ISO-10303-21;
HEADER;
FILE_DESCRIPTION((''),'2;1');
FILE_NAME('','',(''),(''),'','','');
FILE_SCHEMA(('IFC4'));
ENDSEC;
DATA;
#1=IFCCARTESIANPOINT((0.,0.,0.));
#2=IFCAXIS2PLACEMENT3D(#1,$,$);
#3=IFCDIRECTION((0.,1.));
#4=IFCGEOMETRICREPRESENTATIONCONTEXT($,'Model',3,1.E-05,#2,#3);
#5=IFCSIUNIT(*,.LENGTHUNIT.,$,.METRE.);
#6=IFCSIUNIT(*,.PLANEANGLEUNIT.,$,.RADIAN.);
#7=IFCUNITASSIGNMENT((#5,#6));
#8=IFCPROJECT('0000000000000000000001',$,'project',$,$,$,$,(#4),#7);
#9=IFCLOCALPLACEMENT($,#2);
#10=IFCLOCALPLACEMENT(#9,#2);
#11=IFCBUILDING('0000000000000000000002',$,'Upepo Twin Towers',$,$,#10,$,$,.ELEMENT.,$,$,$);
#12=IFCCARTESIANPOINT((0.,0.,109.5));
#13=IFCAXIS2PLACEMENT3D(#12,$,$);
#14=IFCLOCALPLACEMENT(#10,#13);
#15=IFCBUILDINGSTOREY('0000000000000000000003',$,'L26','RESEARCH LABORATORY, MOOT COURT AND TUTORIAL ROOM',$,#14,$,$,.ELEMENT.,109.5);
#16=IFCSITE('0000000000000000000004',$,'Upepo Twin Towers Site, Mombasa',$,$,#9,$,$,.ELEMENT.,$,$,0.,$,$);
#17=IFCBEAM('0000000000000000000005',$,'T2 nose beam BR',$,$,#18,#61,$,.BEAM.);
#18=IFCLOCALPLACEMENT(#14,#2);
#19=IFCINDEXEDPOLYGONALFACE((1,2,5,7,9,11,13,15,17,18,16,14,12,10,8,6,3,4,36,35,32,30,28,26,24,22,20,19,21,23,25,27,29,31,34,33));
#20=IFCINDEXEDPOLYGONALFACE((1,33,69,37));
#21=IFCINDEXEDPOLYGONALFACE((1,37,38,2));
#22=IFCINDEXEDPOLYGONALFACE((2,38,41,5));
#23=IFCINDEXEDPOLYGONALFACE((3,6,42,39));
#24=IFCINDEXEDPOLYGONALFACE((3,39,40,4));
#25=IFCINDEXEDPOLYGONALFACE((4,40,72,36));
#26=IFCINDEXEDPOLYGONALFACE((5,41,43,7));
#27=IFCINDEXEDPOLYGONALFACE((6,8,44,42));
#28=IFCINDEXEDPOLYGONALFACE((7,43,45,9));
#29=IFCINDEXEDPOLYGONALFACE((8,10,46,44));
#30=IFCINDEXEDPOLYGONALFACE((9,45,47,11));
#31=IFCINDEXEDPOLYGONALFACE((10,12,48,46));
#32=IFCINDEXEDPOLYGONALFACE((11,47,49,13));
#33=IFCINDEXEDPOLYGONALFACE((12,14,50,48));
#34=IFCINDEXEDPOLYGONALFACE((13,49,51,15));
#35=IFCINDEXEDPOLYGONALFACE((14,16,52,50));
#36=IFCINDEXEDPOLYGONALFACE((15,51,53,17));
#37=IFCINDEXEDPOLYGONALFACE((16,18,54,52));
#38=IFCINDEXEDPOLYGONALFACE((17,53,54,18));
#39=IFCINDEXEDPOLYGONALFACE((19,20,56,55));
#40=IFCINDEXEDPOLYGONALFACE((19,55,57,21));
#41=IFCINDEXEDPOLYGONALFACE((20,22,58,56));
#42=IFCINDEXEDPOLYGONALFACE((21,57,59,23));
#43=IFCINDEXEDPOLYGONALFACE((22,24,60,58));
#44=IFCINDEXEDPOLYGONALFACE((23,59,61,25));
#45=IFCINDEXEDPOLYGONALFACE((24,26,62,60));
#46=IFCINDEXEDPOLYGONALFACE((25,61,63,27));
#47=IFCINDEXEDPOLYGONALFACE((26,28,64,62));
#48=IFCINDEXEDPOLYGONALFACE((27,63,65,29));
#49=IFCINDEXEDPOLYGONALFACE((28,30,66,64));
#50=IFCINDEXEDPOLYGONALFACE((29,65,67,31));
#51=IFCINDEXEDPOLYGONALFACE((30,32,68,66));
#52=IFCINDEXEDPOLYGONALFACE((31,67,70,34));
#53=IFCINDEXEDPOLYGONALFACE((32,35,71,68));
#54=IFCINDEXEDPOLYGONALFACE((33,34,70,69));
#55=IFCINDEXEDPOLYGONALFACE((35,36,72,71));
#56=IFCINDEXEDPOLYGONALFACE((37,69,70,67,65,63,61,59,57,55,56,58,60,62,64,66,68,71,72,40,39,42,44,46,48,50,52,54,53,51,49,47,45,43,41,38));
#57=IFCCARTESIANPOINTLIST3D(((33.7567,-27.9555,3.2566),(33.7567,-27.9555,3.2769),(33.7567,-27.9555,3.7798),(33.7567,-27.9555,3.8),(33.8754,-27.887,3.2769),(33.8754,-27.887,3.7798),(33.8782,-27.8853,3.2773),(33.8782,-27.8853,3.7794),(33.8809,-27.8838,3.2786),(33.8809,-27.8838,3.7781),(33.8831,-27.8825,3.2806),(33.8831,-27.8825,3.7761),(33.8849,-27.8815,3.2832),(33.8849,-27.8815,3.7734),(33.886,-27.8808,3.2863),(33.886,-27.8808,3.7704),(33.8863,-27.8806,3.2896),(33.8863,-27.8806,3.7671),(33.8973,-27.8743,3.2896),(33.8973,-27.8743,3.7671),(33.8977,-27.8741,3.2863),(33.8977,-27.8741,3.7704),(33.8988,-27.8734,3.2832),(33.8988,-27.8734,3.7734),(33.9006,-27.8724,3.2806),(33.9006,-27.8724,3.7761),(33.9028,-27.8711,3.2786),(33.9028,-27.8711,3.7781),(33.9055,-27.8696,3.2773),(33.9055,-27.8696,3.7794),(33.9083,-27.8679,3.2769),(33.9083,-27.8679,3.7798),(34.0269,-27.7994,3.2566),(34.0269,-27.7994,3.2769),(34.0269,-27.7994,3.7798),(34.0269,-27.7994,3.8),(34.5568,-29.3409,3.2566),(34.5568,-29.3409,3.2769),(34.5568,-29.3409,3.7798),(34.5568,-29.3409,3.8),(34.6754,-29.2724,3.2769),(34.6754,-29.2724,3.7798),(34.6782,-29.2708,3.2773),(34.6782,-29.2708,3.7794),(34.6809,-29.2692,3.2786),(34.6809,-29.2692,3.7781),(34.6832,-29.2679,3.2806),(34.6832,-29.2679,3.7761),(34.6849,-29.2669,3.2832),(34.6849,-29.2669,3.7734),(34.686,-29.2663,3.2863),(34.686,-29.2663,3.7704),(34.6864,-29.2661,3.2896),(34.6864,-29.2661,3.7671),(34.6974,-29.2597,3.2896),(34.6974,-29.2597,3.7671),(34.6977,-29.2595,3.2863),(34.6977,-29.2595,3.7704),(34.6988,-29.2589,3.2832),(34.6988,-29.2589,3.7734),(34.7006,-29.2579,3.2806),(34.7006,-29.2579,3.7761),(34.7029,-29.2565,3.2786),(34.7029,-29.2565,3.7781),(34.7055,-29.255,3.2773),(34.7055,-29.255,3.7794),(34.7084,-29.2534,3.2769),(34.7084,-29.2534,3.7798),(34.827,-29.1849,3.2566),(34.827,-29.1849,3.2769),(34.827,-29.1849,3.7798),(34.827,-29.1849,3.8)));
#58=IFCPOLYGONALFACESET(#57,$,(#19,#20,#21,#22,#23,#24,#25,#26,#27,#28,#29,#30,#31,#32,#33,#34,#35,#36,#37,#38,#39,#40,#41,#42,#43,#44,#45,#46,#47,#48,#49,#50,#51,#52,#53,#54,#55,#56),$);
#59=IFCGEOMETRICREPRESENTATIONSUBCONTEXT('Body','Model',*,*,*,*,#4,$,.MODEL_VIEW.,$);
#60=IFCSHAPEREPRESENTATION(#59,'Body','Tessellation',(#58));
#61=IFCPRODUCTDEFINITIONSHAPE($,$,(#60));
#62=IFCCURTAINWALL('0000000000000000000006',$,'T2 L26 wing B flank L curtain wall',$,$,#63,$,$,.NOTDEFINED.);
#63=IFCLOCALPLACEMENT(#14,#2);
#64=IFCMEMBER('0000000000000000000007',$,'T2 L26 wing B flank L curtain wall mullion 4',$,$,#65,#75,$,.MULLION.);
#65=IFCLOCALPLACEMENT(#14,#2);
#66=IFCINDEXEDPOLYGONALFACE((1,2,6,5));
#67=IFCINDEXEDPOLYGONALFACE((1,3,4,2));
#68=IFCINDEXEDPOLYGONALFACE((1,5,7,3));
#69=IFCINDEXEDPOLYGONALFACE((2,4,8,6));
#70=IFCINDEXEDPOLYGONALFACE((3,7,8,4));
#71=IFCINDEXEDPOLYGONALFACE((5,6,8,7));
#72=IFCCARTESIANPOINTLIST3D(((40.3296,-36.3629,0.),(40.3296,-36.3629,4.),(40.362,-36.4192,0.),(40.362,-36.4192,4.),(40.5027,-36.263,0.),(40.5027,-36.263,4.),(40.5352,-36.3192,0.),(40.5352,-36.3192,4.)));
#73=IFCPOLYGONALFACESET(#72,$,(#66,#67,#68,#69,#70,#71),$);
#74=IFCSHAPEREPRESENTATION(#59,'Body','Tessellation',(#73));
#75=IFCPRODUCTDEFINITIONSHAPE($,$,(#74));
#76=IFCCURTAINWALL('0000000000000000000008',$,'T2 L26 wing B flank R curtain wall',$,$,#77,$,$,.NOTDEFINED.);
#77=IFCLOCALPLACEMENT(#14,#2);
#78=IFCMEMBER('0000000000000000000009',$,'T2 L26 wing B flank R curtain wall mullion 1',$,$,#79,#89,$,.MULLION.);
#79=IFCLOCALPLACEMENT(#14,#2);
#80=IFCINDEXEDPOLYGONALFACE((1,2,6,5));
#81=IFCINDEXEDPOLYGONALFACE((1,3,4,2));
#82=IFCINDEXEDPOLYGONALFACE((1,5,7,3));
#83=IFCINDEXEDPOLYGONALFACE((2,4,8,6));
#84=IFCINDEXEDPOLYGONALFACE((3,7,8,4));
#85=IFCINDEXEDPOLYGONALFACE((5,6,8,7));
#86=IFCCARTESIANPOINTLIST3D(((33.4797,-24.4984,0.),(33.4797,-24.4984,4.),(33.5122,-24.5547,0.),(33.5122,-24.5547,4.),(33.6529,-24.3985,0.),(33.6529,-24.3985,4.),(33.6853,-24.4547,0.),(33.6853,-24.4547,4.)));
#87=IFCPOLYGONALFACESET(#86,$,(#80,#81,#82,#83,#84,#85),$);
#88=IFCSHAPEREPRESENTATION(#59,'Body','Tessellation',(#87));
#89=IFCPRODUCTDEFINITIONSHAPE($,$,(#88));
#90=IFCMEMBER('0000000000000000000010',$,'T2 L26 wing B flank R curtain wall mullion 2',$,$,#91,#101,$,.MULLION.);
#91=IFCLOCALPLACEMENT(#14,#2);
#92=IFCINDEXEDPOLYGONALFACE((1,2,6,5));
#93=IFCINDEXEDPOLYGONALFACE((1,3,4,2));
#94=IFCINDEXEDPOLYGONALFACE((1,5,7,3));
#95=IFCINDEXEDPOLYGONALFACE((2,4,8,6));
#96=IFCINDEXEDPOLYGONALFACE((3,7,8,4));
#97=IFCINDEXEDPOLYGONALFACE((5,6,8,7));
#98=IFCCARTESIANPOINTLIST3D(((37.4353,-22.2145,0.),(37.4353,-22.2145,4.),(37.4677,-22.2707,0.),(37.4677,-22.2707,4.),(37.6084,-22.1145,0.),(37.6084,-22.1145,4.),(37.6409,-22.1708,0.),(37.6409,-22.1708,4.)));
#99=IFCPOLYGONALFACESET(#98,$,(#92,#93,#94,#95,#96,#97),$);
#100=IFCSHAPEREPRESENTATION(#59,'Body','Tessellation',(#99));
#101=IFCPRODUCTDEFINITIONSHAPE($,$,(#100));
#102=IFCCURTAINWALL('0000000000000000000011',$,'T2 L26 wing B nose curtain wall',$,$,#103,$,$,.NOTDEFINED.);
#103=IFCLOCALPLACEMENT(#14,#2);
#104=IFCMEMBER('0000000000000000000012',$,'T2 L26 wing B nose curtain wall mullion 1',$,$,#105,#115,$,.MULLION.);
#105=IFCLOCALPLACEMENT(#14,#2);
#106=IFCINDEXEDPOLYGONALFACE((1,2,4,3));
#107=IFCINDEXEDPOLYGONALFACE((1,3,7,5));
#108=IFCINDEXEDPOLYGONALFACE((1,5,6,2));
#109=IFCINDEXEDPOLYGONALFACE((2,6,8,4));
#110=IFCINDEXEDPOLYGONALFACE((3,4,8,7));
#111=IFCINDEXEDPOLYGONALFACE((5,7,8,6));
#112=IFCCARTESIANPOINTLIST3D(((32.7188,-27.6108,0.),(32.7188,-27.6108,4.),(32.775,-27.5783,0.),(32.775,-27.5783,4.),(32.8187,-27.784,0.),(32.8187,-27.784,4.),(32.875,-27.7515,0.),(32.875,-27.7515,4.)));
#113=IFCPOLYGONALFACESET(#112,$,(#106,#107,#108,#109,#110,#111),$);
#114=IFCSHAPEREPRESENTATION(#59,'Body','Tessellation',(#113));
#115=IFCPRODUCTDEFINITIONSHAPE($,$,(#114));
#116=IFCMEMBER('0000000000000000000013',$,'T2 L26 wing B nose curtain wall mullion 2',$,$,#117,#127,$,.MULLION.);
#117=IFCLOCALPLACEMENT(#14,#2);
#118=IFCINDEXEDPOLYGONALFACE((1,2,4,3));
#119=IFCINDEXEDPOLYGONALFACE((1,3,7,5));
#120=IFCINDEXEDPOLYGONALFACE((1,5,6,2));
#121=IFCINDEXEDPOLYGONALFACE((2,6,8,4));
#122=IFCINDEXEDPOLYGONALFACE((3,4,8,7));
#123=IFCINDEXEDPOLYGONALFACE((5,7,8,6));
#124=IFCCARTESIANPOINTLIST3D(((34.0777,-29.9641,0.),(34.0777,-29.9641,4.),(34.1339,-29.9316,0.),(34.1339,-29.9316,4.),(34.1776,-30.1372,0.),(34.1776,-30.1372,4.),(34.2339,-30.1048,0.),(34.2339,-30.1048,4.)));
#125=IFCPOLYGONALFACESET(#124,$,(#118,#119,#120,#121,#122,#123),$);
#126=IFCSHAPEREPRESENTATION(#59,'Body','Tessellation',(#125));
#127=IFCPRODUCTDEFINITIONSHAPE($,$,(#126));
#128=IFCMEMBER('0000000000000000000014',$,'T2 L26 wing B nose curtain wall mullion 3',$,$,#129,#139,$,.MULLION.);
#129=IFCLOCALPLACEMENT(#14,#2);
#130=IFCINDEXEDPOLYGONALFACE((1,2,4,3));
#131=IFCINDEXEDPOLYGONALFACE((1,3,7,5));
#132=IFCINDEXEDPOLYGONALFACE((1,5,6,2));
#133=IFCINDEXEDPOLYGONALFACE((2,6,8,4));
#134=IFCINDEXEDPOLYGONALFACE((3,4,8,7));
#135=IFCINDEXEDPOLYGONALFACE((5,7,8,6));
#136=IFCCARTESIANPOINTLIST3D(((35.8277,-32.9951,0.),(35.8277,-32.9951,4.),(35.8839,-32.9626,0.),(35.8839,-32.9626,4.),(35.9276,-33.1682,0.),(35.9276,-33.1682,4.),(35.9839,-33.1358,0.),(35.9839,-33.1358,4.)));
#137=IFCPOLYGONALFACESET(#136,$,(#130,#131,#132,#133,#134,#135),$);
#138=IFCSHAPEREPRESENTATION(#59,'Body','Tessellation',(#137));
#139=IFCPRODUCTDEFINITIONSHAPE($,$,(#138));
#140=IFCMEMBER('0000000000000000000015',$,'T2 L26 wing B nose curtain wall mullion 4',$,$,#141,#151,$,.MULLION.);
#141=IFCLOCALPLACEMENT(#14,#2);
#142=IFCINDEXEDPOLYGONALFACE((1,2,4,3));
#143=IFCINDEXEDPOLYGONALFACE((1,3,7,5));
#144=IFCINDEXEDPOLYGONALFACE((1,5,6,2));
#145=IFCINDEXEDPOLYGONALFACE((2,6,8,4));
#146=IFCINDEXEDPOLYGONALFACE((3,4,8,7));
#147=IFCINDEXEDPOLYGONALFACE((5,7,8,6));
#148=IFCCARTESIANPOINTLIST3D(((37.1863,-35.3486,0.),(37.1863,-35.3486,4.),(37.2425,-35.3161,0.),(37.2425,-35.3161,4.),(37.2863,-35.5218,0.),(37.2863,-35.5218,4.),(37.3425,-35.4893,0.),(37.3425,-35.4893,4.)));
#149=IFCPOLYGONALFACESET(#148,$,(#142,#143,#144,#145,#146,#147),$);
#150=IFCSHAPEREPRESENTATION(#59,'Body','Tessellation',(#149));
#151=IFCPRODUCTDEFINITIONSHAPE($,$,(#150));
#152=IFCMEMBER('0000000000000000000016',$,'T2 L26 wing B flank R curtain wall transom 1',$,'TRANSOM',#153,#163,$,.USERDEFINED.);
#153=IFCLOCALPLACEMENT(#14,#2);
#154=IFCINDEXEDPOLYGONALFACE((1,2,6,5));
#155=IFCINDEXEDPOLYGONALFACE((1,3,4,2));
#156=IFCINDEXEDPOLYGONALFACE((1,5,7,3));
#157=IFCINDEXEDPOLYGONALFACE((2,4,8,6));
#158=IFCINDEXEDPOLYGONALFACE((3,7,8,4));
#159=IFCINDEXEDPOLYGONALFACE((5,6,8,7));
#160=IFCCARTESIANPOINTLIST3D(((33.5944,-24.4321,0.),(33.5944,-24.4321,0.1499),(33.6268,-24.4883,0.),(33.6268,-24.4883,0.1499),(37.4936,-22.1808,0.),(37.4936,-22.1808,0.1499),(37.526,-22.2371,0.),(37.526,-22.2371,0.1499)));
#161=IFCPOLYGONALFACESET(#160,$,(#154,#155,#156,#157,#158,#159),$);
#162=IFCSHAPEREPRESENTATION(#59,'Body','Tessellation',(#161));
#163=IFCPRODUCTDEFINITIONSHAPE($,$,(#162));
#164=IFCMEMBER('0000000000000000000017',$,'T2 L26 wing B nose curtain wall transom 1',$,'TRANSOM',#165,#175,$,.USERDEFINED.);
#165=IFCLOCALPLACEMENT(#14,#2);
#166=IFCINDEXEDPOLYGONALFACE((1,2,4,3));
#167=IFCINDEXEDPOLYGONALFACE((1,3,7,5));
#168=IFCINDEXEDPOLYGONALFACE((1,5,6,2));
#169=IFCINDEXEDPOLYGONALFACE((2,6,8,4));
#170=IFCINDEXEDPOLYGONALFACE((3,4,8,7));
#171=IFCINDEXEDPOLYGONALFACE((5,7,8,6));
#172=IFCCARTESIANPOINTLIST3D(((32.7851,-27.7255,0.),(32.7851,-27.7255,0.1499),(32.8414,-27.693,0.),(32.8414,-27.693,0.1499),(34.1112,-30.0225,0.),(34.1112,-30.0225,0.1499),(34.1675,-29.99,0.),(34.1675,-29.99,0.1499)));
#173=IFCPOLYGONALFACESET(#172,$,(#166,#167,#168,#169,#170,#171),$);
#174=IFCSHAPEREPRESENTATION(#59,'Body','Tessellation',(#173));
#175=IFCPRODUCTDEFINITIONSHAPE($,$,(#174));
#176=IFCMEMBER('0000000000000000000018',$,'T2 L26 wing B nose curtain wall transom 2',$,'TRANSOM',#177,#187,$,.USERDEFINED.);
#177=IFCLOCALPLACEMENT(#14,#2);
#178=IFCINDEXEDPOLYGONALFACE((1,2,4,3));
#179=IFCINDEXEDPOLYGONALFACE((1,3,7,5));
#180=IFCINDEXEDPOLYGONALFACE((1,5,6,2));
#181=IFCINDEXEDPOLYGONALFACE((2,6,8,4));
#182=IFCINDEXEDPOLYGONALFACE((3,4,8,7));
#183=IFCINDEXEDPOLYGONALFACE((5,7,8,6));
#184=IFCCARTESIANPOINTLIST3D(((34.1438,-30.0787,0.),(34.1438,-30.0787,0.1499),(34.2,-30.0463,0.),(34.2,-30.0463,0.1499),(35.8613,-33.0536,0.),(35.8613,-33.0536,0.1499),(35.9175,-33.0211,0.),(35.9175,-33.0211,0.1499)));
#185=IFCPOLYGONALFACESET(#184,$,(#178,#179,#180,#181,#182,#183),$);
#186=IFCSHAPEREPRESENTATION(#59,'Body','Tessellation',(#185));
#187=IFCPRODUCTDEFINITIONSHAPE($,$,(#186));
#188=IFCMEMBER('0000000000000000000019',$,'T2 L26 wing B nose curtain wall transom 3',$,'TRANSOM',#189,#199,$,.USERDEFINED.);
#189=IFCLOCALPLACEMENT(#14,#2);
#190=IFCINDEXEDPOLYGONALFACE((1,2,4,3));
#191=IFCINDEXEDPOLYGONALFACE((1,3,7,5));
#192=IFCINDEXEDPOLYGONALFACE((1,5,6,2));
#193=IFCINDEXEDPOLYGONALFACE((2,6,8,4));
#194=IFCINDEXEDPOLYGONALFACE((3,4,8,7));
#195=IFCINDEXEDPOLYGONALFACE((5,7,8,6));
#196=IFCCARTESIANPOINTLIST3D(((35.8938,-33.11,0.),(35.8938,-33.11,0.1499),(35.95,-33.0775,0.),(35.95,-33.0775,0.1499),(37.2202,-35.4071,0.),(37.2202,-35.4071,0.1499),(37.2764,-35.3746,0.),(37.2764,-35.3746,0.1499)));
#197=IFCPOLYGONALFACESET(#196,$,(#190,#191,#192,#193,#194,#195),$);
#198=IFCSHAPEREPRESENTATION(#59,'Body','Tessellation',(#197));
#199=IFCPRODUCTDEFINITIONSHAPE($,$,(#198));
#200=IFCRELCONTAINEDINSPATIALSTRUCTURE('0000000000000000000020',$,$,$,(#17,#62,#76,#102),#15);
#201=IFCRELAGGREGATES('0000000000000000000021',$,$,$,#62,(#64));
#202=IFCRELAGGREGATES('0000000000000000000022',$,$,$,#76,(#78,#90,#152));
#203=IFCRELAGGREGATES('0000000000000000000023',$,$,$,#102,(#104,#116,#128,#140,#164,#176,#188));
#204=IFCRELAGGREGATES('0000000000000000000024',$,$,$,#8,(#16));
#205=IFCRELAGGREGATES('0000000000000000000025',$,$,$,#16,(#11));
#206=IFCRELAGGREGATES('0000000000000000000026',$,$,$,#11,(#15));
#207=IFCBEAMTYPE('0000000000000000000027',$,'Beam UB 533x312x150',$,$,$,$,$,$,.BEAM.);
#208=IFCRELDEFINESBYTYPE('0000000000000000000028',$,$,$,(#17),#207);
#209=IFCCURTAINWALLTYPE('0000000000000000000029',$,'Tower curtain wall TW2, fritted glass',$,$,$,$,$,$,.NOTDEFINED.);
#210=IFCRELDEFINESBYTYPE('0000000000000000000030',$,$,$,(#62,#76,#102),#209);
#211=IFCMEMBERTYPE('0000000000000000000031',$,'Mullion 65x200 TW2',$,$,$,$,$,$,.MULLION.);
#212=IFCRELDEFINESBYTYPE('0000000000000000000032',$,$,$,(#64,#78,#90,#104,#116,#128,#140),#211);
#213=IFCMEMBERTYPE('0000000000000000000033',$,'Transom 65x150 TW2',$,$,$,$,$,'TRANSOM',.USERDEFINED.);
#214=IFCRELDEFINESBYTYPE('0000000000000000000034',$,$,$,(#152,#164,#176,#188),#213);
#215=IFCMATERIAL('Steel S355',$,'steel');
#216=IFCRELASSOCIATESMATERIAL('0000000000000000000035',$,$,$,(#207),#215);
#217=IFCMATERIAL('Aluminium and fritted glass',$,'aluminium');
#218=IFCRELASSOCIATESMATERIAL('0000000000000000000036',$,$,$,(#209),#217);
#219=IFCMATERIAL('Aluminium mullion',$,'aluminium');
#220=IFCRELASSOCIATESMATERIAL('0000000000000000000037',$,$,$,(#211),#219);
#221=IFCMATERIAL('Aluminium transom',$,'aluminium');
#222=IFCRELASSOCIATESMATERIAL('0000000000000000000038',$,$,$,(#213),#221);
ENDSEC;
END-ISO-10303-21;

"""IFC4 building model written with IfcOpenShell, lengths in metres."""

from ifc_helpers import new_model, si_unit, direction, frame, origin, origin_2d, place, context, subcontext, project, spatial, rectangle, i_section, extrude, material, material_profile, profile_set, type_object, element, aggregate, save


model = new_model("IFC4")

# Units and contexts
model_context = context("Model", 3, precision=1e-05, world=origin(), true_north=direction((0.0, 1.0)))
body_context = subcontext(model_context, "Body", "Model", "MODEL_VIEW")
ifc_project = project(units=[si_unit("LENGTHUNIT", "METRE"), si_unit("PLANEANGLEUNIT", "RADIAN")], contexts=[model_context])

# Site, building, storey
site_placement = place(None, origin())
site = spatial("IfcSite", under=ifc_project, at=site_placement, Name="Upepo Twin Towers Site, Mombasa", CompositionType="ELEMENT", RefElevation=0.0)
building_placement = place(site_placement, origin())
building = spatial("IfcBuilding", under=site, at=building_placement, Name="Upepo Twin Towers", CompositionType="ELEMENT")
storey_placement = place(building_placement, frame((0.0, 0.0, 109.5)))
storey = spatial("IfcBuildingStorey", under=building, at=storey_placement, Name="L26", Description="RESEARCH LABORATORY, MOOT COURT AND TUTORIAL ROOM", CompositionType="ELEMENT", Elevation=109.5)

# Beam
ifc_material_1 = material(Name="Steel S355", Category="steel")
ifc_material_profile_1 = material_profile(ifc_material_1, i_section(OverallWidth=0.312, OverallDepth=0.5435, WebThickness=0.0127, FlangeThickness=0.0203, FilletRadius=0.0127, at=origin_2d()), Name="UB 533x312x150")
ifc_profile_set_1 = profile_set([ifc_material_profile_1], Name="Steel S355")
beam_type_1 = type_object("IfcBeamType", Name="Beam UB 533x312x150", PredefinedType="BEAM", material=ifc_profile_set_1)
for number, where, z_axis, x_axis, name in (
    (1, (33.8918, -27.8774, 3.5283), (0.500061, -0.86599, 0.0), (0.86599, 0.500061, 0.0), "T2 nose beam BR"),
):
    element("IfcBeam", number, at=place(storey_placement, frame(where, z_axis=z_axis, x_axis=x_axis)), inside=storey, type_object=beam_type_1, Name=name, PredefinedType="BEAM", context=body_context, shape_type="SweptSolid", body=[
        extrude(i_section(OverallWidth=0.312, OverallDepth=0.5435, WebThickness=0.0127, FlangeThickness=0.0203, FilletRadius=0.0127, at=origin_2d()), origin(), (0.0, 0.0, 1.0), 1.5999),
    ])

# Curtain wall, member
ifc_material_2 = material(Name="Aluminium and fritted glass", Category="aluminium")
curtain_wall_type = type_object("IfcCurtainWallType", Name="Tower curtain wall TW2, fritted glass", PredefinedType="NOTDEFINED", material=ifc_material_2)
curtain_wall_1_placement = place(storey_placement, origin())
curtain_wall_1 = element("IfcCurtainWall", 2, at=curtain_wall_1_placement, inside=storey, type_object=curtain_wall_type, Name="T2 L26 wing B flank L curtain wall", PredefinedType="NOTDEFINED")
ifc_material_3 = material(Name="Aluminium mullion", Category="aluminium")
ifc_material_profile_2 = material_profile(ifc_material_3, rectangle(XDim=0.0649, YDim=0.2, at=origin_2d()), Name="MULLION 65x200")
ifc_profile_set_2 = profile_set([ifc_material_profile_2], Name="Aluminium mullion")
member_type_1 = type_object("IfcMemberType", Name="Mullion 65x200 TW2", PredefinedType="MULLION", material=ifc_profile_set_2)
member_1_placement = place(storey_placement, frame((40.4324, -36.3411, 0.0), z_axis=(0.0, 0.0, 1.0), x_axis=(0.5, -0.866025, 0.0)))
member_1 = element("IfcMember", 3, at=member_1_placement, type_object=member_type_1, Name="T2 L26 wing B flank L curtain wall mullion 4", PredefinedType="MULLION", context=body_context, shape_type="SweptSolid", body=[
    extrude(rectangle(XDim=0.0649, YDim=0.2, at=origin_2d()), origin(), (0.0, 0.0, 1.0), 4.0),
])
aggregate(curtain_wall_1, [member_1])

# Curtain walls, members
curtain_wall_2_placement = place(storey_placement, origin())
curtain_wall_2 = element("IfcCurtainWall", 4, at=curtain_wall_2_placement, inside=storey, type_object=curtain_wall_type, Name="T2 L26 wing B flank R curtain wall", PredefinedType="NOTDEFINED")
member_2_placement = place(storey_placement, frame((33.5825, -24.4766, 0.0), z_axis=(0.0, 0.0, 1.0), x_axis=(-0.5, 0.866025, 0.0)))
member_2 = element("IfcMember", 5, at=member_2_placement, type_object=member_type_1, Name="T2 L26 wing B flank R curtain wall mullion 1", PredefinedType="MULLION", context=body_context, shape_type="SweptSolid", body=[
    extrude(rectangle(XDim=0.0649, YDim=0.2, at=origin_2d()), origin(), (0.0, 0.0, 1.0), 4.0),
])
member_3_placement = place(storey_placement, frame((37.5381, -22.1926, 0.0), z_axis=(0.0, 0.0, 1.0), x_axis=(-0.5, 0.866025, 0.0)))
member_3 = element("IfcMember", 6, at=member_3_placement, type_object=member_type_1, Name="T2 L26 wing B flank R curtain wall mullion 2", PredefinedType="MULLION", context=body_context, shape_type="SweptSolid", body=[
    extrude(rectangle(XDim=0.0649, YDim=0.2, at=origin_2d()), origin(), (0.0, 0.0, 1.0), 4.0),
])
curtain_wall_3_placement = place(storey_placement, origin())
curtain_wall_3 = element("IfcCurtainWall", 7, at=curtain_wall_3_placement, inside=storey, type_object=curtain_wall_type, Name="T2 L26 wing B nose curtain wall", PredefinedType="NOTDEFINED")
member_4_placement = place(storey_placement, frame((32.7969, -27.6812, 0.0), z_axis=(0.0, 0.0, 1.0), x_axis=(0.866025, 0.5, 0.0)))
member_4 = element("IfcMember", 8, at=member_4_placement, type_object=member_type_1, Name="T2 L26 wing B nose curtain wall mullion 1", PredefinedType="MULLION", context=body_context, shape_type="SweptSolid", body=[
    extrude(rectangle(XDim=0.0649, YDim=0.2, at=origin_2d()), origin(), (0.0, 0.0, 1.0), 4.0),
])
member_5_placement = place(storey_placement, frame((34.1558, -30.0344, 0.0), z_axis=(0.0, 0.0, 1.0), x_axis=(0.866025, 0.5, 0.0)))
member_5 = element("IfcMember", 9, at=member_5_placement, type_object=member_type_1, Name="T2 L26 wing B nose curtain wall mullion 2", PredefinedType="MULLION", context=body_context, shape_type="SweptSolid", body=[
    extrude(rectangle(XDim=0.0649, YDim=0.2, at=origin_2d()), origin(), (0.0, 0.0, 1.0), 4.0),
])
member_6_placement = place(storey_placement, frame((35.9058, -33.0654, 0.0), z_axis=(0.0, 0.0, 1.0), x_axis=(0.866025, 0.5, 0.0)))
member_6 = element("IfcMember", 10, at=member_6_placement, type_object=member_type_1, Name="T2 L26 wing B nose curtain wall mullion 3", PredefinedType="MULLION", context=body_context, shape_type="SweptSolid", body=[
    extrude(rectangle(XDim=0.0649, YDim=0.2, at=origin_2d()), origin(), (0.0, 0.0, 1.0), 4.0),
])
member_7_placement = place(storey_placement, frame((37.2644, -35.4189, 0.0), z_axis=(0.0, 0.0, 1.0), x_axis=(0.866025, 0.5, 0.0)))
member_7 = element("IfcMember", 11, at=member_7_placement, type_object=member_type_1, Name="T2 L26 wing B nose curtain wall mullion 4", PredefinedType="MULLION", context=body_context, shape_type="SweptSolid", body=[
    extrude(rectangle(XDim=0.0649, YDim=0.2, at=origin_2d()), origin(), (0.0, 0.0, 1.0), 4.0),
])

# Members
ifc_material_4 = material(Name="Aluminium transom", Category="aluminium")
ifc_material_profile_3 = material_profile(ifc_material_4, rectangle(XDim=0.0649, YDim=0.1499, at=origin_2d()), Name="TRANSOM 65x150")
ifc_profile_set_3 = profile_set([ifc_material_profile_3], Name="Aluminium transom")
member_type_2 = type_object("IfcMemberType", Name="Transom 65x150 TW2", ElementType="TRANSOM", PredefinedType="USERDEFINED", material=ifc_profile_set_3)
member_8_placement = place(storey_placement, frame((33.6106, -24.4602, 0.075), z_axis=(0.866022, 0.500006, 0.0), x_axis=(-0.500006, 0.866022, 0.0)))
member_8 = element("IfcMember", 12, at=member_8_placement, type_object=member_type_2, Name="T2 L26 wing B flank R curtain wall transom 1", ObjectType="TRANSOM", PredefinedType="USERDEFINED", context=body_context, shape_type="SweptSolid", body=[
    extrude(rectangle(XDim=0.0649, YDim=0.1499, at=origin_2d()), origin(), (0.0, 0.0, 1.0), 4.5024),
])
member_9_placement = place(storey_placement, frame((32.8132, -27.7092, 0.075), z_axis=(0.49998, -0.866037, 0.0), x_axis=(0.866037, 0.49998, 0.0)))
member_9 = element("IfcMember", 13, at=member_9_placement, type_object=member_type_2, Name="T2 L26 wing B nose curtain wall transom 1", ObjectType="TRANSOM", PredefinedType="USERDEFINED", context=body_context, shape_type="SweptSolid", body=[
    extrude(rectangle(XDim=0.0649, YDim=0.1499, at=origin_2d()), origin(), (0.0, 0.0, 1.0), 2.6523),
])
member_10_placement = place(storey_placement, frame((34.1719, -30.0625, 0.075), z_axis=(0.499999, -0.866026, 0.0), x_axis=(0.866026, 0.499999, 0.0)))
member_10 = element("IfcMember", 14, at=member_10_placement, type_object=member_type_2, Name="T2 L26 wing B nose curtain wall transom 2", ObjectType="TRANSOM", PredefinedType="USERDEFINED", context=body_context, shape_type="SweptSolid", body=[
    extrude(rectangle(XDim=0.0649, YDim=0.1499, at=origin_2d()), origin(), (0.0, 0.0, 1.0), 3.4351),
])
member_11_placement = place(storey_placement, frame((35.9219, -33.0938, 0.075), z_axis=(0.500049, -0.865997, 0.0), x_axis=(0.865997, 0.500049, 0.0)))
member_11 = element("IfcMember", 15, at=member_11_placement, type_object=member_type_2, Name="T2 L26 wing B nose curtain wall transom 3", ObjectType="TRANSOM", PredefinedType="USERDEFINED", context=body_context, shape_type="SweptSolid", body=[
    extrude(rectangle(XDim=0.0649, YDim=0.1499, at=origin_2d()), origin(), (0.0, 0.0, 1.0), 2.6526),
])

aggregate(curtain_wall_2, [member_2, member_3, member_8])
aggregate(curtain_wall_3, [member_4, member_5, member_6, member_7, member_9, member_10, member_11])

save(model, "model.ifc")
